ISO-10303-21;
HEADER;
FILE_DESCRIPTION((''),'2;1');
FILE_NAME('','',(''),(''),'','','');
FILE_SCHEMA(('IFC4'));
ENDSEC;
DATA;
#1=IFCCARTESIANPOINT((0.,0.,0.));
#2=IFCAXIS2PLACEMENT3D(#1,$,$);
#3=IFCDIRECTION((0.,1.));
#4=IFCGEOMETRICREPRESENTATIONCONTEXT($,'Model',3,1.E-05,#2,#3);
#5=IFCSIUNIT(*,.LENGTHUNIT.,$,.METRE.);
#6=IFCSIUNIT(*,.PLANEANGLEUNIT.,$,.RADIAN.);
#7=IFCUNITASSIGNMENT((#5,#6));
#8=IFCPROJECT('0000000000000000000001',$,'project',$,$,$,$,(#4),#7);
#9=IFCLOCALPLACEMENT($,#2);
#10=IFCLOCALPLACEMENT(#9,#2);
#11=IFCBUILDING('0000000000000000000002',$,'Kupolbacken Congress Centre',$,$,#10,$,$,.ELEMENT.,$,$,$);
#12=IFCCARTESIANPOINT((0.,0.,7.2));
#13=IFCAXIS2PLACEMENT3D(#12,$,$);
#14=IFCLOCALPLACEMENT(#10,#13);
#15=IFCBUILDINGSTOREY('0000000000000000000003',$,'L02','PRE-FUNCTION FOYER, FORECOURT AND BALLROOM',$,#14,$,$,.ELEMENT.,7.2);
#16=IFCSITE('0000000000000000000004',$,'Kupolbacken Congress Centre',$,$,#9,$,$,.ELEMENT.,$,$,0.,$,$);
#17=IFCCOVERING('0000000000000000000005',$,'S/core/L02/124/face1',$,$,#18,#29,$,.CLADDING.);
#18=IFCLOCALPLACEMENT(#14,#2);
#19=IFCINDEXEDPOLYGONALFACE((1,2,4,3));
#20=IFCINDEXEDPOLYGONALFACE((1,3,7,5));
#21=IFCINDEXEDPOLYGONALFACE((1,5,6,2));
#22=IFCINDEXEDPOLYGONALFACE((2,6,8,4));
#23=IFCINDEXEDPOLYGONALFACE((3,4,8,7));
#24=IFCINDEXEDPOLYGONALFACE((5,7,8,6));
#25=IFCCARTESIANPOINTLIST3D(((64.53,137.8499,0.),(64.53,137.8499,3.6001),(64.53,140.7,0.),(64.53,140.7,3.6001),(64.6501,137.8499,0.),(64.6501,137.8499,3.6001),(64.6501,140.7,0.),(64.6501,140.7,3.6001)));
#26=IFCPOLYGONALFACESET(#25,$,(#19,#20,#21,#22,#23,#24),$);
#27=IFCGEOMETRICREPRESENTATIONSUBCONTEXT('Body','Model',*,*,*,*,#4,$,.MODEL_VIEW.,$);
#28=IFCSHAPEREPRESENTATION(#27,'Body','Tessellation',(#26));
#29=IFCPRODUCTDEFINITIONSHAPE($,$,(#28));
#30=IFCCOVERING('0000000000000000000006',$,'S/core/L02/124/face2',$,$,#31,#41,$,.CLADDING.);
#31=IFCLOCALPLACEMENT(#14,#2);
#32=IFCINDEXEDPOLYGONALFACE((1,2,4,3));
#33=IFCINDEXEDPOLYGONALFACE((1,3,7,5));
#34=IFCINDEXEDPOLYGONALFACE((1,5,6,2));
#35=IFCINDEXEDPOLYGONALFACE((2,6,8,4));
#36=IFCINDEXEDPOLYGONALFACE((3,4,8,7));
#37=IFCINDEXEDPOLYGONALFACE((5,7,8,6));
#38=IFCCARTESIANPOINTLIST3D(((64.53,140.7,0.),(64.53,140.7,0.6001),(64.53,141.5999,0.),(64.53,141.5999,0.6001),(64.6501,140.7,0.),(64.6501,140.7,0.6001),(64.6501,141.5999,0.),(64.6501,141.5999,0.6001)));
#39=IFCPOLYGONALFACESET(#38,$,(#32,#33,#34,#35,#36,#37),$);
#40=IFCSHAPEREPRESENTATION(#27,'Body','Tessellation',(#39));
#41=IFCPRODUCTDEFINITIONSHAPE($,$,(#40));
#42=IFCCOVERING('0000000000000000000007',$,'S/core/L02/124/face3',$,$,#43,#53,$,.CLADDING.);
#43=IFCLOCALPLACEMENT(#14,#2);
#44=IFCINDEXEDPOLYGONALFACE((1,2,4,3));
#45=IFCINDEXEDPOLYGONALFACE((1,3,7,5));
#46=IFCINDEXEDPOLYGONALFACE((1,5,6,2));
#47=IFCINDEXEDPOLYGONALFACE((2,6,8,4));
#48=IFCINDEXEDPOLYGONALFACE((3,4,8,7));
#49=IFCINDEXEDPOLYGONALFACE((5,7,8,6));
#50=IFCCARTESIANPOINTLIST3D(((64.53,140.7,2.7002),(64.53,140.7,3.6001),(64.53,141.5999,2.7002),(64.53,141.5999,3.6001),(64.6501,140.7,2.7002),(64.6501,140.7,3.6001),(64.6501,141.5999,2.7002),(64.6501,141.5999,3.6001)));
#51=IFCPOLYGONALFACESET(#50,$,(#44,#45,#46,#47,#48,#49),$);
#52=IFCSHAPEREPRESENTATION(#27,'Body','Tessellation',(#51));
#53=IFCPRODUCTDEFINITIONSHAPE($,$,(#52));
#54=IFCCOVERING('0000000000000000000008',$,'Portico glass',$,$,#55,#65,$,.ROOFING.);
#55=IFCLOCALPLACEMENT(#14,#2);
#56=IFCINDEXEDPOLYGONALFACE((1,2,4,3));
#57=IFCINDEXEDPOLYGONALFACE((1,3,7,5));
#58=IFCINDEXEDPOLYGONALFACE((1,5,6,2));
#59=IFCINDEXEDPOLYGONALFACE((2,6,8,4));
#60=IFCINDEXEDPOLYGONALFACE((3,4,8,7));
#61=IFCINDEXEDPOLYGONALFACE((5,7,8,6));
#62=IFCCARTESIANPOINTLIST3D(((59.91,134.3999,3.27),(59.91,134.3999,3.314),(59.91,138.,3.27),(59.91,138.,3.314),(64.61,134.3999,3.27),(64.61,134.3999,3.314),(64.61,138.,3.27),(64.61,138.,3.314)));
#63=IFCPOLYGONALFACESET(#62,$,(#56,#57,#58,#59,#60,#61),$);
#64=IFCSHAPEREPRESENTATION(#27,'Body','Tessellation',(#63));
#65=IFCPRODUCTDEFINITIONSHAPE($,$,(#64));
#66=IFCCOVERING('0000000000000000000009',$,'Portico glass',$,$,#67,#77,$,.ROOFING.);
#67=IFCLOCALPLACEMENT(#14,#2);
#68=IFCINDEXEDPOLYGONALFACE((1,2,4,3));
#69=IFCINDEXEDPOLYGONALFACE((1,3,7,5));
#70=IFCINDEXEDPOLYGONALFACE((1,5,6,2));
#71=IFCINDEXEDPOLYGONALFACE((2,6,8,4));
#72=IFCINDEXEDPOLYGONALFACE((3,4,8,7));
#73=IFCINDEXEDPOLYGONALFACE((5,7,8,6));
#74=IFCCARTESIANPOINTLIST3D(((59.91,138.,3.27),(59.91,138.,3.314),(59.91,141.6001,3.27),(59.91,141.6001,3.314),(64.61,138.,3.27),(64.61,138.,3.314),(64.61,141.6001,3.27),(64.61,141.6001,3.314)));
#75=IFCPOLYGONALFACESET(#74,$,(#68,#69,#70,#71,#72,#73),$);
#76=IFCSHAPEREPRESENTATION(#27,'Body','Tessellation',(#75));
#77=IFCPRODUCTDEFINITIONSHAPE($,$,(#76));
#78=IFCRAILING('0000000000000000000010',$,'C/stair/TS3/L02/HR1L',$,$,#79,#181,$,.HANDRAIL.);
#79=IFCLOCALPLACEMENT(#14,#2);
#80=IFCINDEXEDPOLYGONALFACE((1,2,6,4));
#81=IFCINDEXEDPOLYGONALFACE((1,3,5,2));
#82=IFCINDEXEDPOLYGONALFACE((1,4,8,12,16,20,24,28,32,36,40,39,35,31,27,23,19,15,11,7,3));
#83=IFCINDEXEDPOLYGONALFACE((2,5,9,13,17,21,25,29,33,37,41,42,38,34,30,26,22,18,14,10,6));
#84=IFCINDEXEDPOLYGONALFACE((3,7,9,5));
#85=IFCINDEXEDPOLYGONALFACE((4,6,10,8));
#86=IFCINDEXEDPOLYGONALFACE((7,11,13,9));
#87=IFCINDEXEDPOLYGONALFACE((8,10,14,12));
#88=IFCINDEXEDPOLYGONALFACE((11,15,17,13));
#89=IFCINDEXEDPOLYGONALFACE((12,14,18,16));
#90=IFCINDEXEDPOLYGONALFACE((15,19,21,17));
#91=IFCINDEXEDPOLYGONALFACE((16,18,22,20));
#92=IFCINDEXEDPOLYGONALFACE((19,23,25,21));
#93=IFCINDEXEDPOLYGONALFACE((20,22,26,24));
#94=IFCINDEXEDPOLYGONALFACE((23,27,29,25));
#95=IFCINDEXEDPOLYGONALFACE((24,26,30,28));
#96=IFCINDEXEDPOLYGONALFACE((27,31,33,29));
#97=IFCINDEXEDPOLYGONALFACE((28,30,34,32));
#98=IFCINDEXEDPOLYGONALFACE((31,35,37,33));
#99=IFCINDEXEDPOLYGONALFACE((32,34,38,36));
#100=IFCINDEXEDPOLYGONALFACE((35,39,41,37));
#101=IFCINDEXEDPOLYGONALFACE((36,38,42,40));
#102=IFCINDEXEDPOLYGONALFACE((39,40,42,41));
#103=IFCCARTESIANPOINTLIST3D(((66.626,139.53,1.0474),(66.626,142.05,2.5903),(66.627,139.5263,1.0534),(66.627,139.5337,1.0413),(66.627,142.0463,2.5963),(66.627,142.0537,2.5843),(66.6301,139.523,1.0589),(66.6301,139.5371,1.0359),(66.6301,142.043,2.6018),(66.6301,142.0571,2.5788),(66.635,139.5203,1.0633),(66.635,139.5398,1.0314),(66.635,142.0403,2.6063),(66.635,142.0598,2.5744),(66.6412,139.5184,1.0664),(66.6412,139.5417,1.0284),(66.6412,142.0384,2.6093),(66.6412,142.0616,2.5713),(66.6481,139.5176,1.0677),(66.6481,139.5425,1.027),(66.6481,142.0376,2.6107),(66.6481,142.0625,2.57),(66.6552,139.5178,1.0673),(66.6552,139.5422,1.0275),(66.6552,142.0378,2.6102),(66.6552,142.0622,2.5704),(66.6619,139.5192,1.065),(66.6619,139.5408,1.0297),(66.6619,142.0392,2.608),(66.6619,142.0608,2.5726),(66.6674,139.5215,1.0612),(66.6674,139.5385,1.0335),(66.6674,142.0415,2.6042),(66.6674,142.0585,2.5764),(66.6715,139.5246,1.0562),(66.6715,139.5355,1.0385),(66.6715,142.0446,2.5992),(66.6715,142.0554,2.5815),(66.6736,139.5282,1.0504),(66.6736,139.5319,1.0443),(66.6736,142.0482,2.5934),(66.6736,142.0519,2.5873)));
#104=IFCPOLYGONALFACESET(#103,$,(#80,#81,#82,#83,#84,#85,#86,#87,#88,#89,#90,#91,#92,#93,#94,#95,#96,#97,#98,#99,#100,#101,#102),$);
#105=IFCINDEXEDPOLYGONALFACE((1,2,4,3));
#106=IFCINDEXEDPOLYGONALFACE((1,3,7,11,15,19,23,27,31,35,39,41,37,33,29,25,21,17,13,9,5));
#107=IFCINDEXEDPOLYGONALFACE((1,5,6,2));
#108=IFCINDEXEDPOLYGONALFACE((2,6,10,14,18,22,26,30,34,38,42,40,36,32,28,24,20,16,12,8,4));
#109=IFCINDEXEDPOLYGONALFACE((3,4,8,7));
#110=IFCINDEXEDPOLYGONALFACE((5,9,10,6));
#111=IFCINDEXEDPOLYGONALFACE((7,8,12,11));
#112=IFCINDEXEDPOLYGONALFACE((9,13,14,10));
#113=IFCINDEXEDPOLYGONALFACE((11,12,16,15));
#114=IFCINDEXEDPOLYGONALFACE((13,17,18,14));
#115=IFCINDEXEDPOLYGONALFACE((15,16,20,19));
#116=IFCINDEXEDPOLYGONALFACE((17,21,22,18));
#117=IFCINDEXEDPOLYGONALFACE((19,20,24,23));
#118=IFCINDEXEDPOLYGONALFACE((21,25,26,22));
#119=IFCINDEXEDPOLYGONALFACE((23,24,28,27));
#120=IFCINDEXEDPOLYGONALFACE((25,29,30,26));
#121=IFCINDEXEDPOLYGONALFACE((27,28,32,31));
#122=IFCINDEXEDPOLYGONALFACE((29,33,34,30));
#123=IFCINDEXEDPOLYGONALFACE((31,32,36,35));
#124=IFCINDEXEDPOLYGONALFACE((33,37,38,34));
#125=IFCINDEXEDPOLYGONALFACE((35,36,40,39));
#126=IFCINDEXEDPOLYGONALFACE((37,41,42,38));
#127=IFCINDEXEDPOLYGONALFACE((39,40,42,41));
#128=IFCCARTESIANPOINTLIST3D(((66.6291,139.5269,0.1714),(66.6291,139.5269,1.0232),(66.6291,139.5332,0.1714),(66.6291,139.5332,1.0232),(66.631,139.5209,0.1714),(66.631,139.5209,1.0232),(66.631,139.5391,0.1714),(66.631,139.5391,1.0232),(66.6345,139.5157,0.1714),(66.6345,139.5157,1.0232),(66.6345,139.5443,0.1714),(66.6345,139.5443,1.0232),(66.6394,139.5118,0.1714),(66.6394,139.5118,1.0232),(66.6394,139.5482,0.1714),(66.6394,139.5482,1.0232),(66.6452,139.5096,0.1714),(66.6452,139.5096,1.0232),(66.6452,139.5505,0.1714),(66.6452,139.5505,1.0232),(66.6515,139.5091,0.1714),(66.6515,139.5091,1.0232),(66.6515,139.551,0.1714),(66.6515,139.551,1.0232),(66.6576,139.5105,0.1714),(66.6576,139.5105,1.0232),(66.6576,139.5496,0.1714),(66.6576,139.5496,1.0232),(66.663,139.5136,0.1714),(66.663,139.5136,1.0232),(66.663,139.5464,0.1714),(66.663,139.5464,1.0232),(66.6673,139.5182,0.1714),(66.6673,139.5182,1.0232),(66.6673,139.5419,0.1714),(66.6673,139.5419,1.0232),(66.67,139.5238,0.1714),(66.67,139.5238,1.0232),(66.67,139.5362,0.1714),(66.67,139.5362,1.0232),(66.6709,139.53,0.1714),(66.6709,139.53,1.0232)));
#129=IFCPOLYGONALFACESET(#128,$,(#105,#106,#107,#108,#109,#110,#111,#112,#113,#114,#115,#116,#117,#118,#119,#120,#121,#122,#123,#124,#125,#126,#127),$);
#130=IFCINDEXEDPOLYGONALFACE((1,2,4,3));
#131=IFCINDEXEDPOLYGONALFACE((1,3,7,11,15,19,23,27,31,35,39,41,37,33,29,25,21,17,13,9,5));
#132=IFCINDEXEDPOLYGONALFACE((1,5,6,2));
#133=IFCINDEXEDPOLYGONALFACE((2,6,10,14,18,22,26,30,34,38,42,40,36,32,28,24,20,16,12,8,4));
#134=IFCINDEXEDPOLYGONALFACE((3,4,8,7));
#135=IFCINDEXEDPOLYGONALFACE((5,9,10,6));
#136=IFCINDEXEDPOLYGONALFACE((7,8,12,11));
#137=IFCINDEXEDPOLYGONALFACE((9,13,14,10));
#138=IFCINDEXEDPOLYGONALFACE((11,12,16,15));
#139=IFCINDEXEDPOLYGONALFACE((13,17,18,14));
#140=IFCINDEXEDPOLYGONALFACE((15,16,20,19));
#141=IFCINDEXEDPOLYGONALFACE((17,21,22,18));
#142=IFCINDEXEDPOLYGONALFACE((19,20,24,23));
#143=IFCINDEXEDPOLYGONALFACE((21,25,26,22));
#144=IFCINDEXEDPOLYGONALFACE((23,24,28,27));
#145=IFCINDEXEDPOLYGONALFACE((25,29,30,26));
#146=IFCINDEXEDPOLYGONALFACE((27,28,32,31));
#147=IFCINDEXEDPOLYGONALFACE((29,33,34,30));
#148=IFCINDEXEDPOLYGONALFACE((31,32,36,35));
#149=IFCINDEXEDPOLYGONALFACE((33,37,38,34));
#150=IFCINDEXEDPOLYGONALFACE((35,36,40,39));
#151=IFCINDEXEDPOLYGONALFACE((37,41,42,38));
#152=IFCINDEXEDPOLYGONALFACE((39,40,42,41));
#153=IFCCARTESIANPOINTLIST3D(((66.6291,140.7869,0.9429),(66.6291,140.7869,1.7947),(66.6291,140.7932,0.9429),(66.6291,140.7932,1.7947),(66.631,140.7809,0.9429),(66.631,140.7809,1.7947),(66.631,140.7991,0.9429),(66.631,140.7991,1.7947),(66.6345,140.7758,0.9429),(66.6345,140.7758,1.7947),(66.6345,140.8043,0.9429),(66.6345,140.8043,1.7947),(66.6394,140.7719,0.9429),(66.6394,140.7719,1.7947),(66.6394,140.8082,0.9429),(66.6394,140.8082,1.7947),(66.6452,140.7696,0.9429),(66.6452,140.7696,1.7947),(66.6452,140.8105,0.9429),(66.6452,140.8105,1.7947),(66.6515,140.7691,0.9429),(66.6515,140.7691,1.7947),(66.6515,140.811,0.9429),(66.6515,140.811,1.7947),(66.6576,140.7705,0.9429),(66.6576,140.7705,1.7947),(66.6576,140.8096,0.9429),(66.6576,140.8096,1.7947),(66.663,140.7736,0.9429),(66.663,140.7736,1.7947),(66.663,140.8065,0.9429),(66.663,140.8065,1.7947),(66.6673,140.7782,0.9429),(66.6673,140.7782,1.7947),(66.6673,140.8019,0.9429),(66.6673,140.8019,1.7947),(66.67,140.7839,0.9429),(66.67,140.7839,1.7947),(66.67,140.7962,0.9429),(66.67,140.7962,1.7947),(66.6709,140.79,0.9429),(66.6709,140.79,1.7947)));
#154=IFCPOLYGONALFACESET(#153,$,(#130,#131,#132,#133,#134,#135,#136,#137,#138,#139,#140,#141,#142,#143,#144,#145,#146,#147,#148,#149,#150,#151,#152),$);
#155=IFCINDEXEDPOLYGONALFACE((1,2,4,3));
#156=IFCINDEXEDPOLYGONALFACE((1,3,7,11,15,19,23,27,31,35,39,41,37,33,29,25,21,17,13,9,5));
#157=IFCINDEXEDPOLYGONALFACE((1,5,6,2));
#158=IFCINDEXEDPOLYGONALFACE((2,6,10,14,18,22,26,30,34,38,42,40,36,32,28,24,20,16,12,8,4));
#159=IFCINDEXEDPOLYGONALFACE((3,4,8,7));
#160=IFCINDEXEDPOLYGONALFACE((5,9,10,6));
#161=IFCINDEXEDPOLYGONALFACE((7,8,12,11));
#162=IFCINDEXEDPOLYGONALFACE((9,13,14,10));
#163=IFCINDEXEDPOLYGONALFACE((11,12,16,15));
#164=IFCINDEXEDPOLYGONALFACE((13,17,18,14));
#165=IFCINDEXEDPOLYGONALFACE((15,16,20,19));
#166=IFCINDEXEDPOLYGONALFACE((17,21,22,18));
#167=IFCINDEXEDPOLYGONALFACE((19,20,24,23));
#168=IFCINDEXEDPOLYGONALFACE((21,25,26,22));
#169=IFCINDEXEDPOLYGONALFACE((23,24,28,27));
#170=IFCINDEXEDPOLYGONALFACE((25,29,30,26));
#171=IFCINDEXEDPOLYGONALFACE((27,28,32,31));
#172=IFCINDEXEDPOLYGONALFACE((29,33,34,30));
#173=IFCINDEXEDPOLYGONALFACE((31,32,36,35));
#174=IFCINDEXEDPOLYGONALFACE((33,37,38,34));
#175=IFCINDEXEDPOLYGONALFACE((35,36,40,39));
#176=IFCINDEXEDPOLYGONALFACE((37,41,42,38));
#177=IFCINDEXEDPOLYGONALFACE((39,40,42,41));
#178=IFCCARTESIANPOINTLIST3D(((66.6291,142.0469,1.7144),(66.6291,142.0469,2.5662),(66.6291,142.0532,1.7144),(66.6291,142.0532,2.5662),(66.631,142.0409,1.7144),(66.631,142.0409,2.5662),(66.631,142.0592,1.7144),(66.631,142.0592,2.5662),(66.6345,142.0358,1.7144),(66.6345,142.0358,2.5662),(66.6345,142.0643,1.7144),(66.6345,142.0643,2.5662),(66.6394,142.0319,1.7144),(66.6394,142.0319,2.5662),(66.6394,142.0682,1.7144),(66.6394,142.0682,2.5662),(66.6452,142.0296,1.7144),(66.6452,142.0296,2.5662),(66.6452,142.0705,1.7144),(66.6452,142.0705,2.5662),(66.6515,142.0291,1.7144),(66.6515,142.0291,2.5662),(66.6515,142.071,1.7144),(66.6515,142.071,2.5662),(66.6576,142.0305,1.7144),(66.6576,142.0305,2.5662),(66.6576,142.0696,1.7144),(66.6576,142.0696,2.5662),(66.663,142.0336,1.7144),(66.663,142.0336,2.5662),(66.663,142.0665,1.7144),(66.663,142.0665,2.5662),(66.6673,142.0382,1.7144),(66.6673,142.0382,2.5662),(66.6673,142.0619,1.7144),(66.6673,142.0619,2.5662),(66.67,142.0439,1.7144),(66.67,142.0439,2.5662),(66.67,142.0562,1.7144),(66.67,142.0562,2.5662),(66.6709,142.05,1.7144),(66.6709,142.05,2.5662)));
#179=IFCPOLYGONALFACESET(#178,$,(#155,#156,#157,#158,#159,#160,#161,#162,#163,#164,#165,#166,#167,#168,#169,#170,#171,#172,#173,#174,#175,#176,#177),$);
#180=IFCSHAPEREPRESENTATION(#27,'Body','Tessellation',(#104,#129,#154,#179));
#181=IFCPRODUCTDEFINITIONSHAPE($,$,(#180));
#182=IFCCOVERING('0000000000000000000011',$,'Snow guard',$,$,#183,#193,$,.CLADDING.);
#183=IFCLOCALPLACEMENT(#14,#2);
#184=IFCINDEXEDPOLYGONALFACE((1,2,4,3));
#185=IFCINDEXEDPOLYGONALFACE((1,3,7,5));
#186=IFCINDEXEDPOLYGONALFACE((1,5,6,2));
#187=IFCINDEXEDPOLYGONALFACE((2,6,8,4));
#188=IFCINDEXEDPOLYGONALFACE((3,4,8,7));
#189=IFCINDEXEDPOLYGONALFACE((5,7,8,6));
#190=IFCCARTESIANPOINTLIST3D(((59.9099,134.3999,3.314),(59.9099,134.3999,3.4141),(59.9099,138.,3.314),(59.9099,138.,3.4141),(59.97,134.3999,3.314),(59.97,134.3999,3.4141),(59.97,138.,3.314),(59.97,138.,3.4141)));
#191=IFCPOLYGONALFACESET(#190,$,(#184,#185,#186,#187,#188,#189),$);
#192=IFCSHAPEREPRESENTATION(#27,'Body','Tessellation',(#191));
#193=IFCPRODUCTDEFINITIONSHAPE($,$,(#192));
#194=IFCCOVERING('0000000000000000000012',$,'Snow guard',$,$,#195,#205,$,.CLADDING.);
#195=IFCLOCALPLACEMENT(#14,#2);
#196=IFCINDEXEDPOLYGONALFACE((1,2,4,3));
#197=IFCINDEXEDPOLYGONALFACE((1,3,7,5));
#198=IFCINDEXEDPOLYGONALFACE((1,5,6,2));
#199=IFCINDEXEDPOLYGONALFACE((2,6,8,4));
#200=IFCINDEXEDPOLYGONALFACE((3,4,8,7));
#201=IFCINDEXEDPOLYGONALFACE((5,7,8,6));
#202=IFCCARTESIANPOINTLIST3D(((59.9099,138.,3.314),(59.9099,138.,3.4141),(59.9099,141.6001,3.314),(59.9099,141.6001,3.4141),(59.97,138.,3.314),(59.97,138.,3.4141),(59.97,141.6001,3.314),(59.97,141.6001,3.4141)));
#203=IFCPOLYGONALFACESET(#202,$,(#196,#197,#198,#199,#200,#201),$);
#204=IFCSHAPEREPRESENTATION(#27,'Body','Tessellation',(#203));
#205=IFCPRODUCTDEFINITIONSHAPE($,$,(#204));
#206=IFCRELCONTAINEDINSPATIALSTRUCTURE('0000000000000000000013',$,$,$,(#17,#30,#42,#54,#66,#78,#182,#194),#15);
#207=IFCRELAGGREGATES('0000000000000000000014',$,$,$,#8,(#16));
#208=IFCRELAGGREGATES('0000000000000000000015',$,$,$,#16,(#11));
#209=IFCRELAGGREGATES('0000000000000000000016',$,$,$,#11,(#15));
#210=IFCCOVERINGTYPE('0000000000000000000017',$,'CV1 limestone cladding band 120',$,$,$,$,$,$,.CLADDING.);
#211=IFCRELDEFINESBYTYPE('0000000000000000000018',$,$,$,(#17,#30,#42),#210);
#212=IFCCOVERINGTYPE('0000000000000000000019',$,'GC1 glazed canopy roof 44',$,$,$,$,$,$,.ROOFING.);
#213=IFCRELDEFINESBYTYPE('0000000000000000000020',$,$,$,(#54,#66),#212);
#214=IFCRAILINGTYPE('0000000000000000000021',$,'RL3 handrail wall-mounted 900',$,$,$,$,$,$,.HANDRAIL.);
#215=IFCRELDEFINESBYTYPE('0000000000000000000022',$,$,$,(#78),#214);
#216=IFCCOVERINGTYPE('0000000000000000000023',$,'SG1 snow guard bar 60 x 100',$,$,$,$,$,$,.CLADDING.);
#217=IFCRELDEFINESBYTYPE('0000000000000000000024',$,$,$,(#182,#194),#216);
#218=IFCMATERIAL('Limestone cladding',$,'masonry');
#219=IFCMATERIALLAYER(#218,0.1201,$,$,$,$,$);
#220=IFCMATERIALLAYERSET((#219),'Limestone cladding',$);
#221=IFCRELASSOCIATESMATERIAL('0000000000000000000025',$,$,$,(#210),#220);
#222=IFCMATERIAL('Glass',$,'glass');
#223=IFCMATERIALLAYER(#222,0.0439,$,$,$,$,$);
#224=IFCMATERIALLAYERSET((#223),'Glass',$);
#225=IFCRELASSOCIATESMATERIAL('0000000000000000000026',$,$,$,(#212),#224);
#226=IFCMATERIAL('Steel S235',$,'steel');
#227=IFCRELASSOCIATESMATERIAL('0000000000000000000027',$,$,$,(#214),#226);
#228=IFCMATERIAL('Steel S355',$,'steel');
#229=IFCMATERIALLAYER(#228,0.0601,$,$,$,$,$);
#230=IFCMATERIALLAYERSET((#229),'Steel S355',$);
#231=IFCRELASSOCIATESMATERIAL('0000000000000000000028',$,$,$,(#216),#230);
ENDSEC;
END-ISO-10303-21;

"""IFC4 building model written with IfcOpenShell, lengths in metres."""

from ifc_helpers import new_model, si_unit, direction, frame, origin, origin_2d, place, context, subcontext, project, spatial, rectangle, circle, extrude, material, layer, layer_set, type_object, element, save


model = new_model("IFC4")

# Units and contexts
model_context = context("Model", 3, precision=1e-05, world=origin(), true_north=direction((0.0, 1.0)))
body_context = subcontext(model_context, "Body", "Model", "MODEL_VIEW")
ifc_project = project(units=[si_unit("LENGTHUNIT", "METRE"), si_unit("PLANEANGLEUNIT", "RADIAN")], contexts=[model_context])

# Site, building, storey
site_placement = place(None, origin())
site = spatial("IfcSite", under=ifc_project, at=site_placement, Name="Kupolbacken Congress Centre", CompositionType="ELEMENT", RefElevation=0.0)
building_placement = place(site_placement, origin())
building = spatial("IfcBuilding", under=site, at=building_placement, Name="Kupolbacken Congress Centre", CompositionType="ELEMENT")
storey_placement = place(building_placement, frame((0.0, 0.0, 7.2)))
storey = spatial("IfcBuildingStorey", under=building, at=storey_placement, Name="L02", Description="PRE-FUNCTION FOYER, FORECOURT AND BALLROOM", CompositionType="ELEMENT", Elevation=7.2)

# Coverings
ifc_material_1 = material(Name="Limestone cladding", Category="masonry")
ifc_layer_1 = layer(ifc_material_1, 0.1201)
ifc_layer_set_1 = layer_set([ifc_layer_1], Name="Limestone cladding")
covering_type_1 = type_object("IfcCoveringType", Name="CV1 limestone cladding band 120", PredefinedType="CLADDING", material=ifc_layer_set_1)
covering_1_placement = place(storey_placement, frame((64.5901, 139.2749, 0.0), z_axis=(0.0, 0.0, 1.0), x_axis=(0.0, -1.0, 0.0)))
element("IfcCovering", 1, at=covering_1_placement, inside=storey, type_object=covering_type_1, Name="S/core/L02/124/face1", PredefinedType="CLADDING", context=body_context, shape_type="SweptSolid", body=[
    extrude(rectangle(XDim=2.8501, YDim=0.1201, at=origin_2d()), origin(), (0.0, 0.0, 1.0), 3.6001),
])
covering_2_placement = place(storey_placement, frame((64.5901, 141.1499, 0.0), z_axis=(0.0, 0.0, 1.0), x_axis=(0.0, -1.0, 0.0)))
element("IfcCovering", 2, at=covering_2_placement, inside=storey, type_object=covering_type_1, Name="S/core/L02/124/face2", PredefinedType="CLADDING", context=body_context, shape_type="SweptSolid", body=[
    extrude(rectangle(XDim=0.8999, YDim=0.1201, at=origin_2d()), origin(), (0.0, 0.0, 1.0), 0.6001),
])
covering_3_placement = place(storey_placement, frame((64.5901, 141.1499, 2.7002), z_axis=(0.0, 0.0, 1.0), x_axis=(0.0, -1.0, 0.0)))
element("IfcCovering", 3, at=covering_3_placement, inside=storey, type_object=covering_type_1, Name="S/core/L02/124/face3", PredefinedType="CLADDING", context=body_context, shape_type="SweptSolid", body=[
    extrude(rectangle(XDim=0.8999, YDim=0.1201, at=origin_2d()), origin(), (0.0, 0.0, 1.0), 0.8999),
])
ifc_material_2 = material(Name="Glass", Category="glass")
ifc_layer_2 = layer(ifc_material_2, 0.0439)
ifc_layer_set_2 = layer_set([ifc_layer_2], Name="Glass")
covering_type_2 = type_object("IfcCoveringType", Name="GC1 glazed canopy roof 44", PredefinedType="ROOFING", material=ifc_layer_set_2)
for number, where, z_axis, x_axis, name in (
    (4, (62.26, 136.2, 3.27), (0.0, 0.0, 1.0), (0.0, 1.0, 0.0), "Portico glass"),
    (5, (62.26, 139.8, 3.27), (0.0, 0.0, 1.0), (0.0, 1.0, 0.0), "Portico glass"),
):
    element("IfcCovering", number, at=place(storey_placement, frame(where, z_axis=z_axis, x_axis=x_axis)), inside=storey, type_object=covering_type_2, Name=name, PredefinedType="ROOFING", context=body_context, shape_type="SweptSolid", body=[
        extrude(rectangle(XDim=3.6001, YDim=4.7, at=origin_2d()), origin(), (0.0, 0.0, 1.0), 0.0439),
    ])

# Railing
ifc_material_3 = material(Name="Steel S235", Category="steel")
railing_type = type_object("IfcRailingType", Name="RL3 handrail wall-mounted 900", PredefinedType="HANDRAIL", material=ifc_material_3)
railing_placement = place(storey_placement, frame((66.6499, 139.53, 0.1714)))
element("IfcRailing", 6, at=railing_placement, inside=storey, type_object=railing_type, Name="C/stair/TS3/L02/HR1L", PredefinedType="HANDRAIL", context=body_context, shape_type="SweptSolid", body=[
    extrude(circle(Radius=0.0239, at=origin_2d()), frame((0.0, 0.0, 0.876), z_axis=(0.0, 0.852836, 0.522178), x_axis=(-1.0, 0.0, 0.0)), (0.0, 0.0, 1.0), 2.9548),
    extrude(circle(Radius=0.021, at=origin_2d()), origin(), (0.0, 0.0, 1.0), 0.8518),
    extrude(circle(Radius=0.021, at=origin_2d()), frame((0.0, 1.26, 0.7715)), (0.0, 0.0, 1.0), 0.8518),
    extrude(circle(Radius=0.021, at=origin_2d()), frame((0.0, 2.52, 1.543)), (0.0, 0.0, 1.0), 0.8518),
])

# Coverings
ifc_material_4 = material(Name="Steel S355", Category="steel")
ifc_layer_3 = layer(ifc_material_4, 0.0601)
ifc_layer_set_3 = layer_set([ifc_layer_3], Name="Steel S355")
covering_type_3 = type_object("IfcCoveringType", Name="SG1 snow guard bar 60 x 100", PredefinedType="CLADDING", material=ifc_layer_set_3)
for number, where, z_axis, x_axis, name in (
    (7, (59.9399, 136.2, 3.314), (0.0, 0.0, 1.0), (0.0, 1.0, 0.0), "Snow guard"),
    (8, (59.9399, 139.8, 3.314), (0.0, 0.0, 1.0), (0.0, 1.0, 0.0), "Snow guard"),
):
    element("IfcCovering", number, at=place(storey_placement, frame(where, z_axis=z_axis, x_axis=x_axis)), inside=storey, type_object=covering_type_3, Name=name, PredefinedType="CLADDING", context=body_context, shape_type="SweptSolid", body=[
        extrude(rectangle(XDim=3.6001, YDim=0.0601, at=origin_2d()), origin(), (0.0, 0.0, 1.0), 0.1001),
    ])

save(model, "model.ifc")
